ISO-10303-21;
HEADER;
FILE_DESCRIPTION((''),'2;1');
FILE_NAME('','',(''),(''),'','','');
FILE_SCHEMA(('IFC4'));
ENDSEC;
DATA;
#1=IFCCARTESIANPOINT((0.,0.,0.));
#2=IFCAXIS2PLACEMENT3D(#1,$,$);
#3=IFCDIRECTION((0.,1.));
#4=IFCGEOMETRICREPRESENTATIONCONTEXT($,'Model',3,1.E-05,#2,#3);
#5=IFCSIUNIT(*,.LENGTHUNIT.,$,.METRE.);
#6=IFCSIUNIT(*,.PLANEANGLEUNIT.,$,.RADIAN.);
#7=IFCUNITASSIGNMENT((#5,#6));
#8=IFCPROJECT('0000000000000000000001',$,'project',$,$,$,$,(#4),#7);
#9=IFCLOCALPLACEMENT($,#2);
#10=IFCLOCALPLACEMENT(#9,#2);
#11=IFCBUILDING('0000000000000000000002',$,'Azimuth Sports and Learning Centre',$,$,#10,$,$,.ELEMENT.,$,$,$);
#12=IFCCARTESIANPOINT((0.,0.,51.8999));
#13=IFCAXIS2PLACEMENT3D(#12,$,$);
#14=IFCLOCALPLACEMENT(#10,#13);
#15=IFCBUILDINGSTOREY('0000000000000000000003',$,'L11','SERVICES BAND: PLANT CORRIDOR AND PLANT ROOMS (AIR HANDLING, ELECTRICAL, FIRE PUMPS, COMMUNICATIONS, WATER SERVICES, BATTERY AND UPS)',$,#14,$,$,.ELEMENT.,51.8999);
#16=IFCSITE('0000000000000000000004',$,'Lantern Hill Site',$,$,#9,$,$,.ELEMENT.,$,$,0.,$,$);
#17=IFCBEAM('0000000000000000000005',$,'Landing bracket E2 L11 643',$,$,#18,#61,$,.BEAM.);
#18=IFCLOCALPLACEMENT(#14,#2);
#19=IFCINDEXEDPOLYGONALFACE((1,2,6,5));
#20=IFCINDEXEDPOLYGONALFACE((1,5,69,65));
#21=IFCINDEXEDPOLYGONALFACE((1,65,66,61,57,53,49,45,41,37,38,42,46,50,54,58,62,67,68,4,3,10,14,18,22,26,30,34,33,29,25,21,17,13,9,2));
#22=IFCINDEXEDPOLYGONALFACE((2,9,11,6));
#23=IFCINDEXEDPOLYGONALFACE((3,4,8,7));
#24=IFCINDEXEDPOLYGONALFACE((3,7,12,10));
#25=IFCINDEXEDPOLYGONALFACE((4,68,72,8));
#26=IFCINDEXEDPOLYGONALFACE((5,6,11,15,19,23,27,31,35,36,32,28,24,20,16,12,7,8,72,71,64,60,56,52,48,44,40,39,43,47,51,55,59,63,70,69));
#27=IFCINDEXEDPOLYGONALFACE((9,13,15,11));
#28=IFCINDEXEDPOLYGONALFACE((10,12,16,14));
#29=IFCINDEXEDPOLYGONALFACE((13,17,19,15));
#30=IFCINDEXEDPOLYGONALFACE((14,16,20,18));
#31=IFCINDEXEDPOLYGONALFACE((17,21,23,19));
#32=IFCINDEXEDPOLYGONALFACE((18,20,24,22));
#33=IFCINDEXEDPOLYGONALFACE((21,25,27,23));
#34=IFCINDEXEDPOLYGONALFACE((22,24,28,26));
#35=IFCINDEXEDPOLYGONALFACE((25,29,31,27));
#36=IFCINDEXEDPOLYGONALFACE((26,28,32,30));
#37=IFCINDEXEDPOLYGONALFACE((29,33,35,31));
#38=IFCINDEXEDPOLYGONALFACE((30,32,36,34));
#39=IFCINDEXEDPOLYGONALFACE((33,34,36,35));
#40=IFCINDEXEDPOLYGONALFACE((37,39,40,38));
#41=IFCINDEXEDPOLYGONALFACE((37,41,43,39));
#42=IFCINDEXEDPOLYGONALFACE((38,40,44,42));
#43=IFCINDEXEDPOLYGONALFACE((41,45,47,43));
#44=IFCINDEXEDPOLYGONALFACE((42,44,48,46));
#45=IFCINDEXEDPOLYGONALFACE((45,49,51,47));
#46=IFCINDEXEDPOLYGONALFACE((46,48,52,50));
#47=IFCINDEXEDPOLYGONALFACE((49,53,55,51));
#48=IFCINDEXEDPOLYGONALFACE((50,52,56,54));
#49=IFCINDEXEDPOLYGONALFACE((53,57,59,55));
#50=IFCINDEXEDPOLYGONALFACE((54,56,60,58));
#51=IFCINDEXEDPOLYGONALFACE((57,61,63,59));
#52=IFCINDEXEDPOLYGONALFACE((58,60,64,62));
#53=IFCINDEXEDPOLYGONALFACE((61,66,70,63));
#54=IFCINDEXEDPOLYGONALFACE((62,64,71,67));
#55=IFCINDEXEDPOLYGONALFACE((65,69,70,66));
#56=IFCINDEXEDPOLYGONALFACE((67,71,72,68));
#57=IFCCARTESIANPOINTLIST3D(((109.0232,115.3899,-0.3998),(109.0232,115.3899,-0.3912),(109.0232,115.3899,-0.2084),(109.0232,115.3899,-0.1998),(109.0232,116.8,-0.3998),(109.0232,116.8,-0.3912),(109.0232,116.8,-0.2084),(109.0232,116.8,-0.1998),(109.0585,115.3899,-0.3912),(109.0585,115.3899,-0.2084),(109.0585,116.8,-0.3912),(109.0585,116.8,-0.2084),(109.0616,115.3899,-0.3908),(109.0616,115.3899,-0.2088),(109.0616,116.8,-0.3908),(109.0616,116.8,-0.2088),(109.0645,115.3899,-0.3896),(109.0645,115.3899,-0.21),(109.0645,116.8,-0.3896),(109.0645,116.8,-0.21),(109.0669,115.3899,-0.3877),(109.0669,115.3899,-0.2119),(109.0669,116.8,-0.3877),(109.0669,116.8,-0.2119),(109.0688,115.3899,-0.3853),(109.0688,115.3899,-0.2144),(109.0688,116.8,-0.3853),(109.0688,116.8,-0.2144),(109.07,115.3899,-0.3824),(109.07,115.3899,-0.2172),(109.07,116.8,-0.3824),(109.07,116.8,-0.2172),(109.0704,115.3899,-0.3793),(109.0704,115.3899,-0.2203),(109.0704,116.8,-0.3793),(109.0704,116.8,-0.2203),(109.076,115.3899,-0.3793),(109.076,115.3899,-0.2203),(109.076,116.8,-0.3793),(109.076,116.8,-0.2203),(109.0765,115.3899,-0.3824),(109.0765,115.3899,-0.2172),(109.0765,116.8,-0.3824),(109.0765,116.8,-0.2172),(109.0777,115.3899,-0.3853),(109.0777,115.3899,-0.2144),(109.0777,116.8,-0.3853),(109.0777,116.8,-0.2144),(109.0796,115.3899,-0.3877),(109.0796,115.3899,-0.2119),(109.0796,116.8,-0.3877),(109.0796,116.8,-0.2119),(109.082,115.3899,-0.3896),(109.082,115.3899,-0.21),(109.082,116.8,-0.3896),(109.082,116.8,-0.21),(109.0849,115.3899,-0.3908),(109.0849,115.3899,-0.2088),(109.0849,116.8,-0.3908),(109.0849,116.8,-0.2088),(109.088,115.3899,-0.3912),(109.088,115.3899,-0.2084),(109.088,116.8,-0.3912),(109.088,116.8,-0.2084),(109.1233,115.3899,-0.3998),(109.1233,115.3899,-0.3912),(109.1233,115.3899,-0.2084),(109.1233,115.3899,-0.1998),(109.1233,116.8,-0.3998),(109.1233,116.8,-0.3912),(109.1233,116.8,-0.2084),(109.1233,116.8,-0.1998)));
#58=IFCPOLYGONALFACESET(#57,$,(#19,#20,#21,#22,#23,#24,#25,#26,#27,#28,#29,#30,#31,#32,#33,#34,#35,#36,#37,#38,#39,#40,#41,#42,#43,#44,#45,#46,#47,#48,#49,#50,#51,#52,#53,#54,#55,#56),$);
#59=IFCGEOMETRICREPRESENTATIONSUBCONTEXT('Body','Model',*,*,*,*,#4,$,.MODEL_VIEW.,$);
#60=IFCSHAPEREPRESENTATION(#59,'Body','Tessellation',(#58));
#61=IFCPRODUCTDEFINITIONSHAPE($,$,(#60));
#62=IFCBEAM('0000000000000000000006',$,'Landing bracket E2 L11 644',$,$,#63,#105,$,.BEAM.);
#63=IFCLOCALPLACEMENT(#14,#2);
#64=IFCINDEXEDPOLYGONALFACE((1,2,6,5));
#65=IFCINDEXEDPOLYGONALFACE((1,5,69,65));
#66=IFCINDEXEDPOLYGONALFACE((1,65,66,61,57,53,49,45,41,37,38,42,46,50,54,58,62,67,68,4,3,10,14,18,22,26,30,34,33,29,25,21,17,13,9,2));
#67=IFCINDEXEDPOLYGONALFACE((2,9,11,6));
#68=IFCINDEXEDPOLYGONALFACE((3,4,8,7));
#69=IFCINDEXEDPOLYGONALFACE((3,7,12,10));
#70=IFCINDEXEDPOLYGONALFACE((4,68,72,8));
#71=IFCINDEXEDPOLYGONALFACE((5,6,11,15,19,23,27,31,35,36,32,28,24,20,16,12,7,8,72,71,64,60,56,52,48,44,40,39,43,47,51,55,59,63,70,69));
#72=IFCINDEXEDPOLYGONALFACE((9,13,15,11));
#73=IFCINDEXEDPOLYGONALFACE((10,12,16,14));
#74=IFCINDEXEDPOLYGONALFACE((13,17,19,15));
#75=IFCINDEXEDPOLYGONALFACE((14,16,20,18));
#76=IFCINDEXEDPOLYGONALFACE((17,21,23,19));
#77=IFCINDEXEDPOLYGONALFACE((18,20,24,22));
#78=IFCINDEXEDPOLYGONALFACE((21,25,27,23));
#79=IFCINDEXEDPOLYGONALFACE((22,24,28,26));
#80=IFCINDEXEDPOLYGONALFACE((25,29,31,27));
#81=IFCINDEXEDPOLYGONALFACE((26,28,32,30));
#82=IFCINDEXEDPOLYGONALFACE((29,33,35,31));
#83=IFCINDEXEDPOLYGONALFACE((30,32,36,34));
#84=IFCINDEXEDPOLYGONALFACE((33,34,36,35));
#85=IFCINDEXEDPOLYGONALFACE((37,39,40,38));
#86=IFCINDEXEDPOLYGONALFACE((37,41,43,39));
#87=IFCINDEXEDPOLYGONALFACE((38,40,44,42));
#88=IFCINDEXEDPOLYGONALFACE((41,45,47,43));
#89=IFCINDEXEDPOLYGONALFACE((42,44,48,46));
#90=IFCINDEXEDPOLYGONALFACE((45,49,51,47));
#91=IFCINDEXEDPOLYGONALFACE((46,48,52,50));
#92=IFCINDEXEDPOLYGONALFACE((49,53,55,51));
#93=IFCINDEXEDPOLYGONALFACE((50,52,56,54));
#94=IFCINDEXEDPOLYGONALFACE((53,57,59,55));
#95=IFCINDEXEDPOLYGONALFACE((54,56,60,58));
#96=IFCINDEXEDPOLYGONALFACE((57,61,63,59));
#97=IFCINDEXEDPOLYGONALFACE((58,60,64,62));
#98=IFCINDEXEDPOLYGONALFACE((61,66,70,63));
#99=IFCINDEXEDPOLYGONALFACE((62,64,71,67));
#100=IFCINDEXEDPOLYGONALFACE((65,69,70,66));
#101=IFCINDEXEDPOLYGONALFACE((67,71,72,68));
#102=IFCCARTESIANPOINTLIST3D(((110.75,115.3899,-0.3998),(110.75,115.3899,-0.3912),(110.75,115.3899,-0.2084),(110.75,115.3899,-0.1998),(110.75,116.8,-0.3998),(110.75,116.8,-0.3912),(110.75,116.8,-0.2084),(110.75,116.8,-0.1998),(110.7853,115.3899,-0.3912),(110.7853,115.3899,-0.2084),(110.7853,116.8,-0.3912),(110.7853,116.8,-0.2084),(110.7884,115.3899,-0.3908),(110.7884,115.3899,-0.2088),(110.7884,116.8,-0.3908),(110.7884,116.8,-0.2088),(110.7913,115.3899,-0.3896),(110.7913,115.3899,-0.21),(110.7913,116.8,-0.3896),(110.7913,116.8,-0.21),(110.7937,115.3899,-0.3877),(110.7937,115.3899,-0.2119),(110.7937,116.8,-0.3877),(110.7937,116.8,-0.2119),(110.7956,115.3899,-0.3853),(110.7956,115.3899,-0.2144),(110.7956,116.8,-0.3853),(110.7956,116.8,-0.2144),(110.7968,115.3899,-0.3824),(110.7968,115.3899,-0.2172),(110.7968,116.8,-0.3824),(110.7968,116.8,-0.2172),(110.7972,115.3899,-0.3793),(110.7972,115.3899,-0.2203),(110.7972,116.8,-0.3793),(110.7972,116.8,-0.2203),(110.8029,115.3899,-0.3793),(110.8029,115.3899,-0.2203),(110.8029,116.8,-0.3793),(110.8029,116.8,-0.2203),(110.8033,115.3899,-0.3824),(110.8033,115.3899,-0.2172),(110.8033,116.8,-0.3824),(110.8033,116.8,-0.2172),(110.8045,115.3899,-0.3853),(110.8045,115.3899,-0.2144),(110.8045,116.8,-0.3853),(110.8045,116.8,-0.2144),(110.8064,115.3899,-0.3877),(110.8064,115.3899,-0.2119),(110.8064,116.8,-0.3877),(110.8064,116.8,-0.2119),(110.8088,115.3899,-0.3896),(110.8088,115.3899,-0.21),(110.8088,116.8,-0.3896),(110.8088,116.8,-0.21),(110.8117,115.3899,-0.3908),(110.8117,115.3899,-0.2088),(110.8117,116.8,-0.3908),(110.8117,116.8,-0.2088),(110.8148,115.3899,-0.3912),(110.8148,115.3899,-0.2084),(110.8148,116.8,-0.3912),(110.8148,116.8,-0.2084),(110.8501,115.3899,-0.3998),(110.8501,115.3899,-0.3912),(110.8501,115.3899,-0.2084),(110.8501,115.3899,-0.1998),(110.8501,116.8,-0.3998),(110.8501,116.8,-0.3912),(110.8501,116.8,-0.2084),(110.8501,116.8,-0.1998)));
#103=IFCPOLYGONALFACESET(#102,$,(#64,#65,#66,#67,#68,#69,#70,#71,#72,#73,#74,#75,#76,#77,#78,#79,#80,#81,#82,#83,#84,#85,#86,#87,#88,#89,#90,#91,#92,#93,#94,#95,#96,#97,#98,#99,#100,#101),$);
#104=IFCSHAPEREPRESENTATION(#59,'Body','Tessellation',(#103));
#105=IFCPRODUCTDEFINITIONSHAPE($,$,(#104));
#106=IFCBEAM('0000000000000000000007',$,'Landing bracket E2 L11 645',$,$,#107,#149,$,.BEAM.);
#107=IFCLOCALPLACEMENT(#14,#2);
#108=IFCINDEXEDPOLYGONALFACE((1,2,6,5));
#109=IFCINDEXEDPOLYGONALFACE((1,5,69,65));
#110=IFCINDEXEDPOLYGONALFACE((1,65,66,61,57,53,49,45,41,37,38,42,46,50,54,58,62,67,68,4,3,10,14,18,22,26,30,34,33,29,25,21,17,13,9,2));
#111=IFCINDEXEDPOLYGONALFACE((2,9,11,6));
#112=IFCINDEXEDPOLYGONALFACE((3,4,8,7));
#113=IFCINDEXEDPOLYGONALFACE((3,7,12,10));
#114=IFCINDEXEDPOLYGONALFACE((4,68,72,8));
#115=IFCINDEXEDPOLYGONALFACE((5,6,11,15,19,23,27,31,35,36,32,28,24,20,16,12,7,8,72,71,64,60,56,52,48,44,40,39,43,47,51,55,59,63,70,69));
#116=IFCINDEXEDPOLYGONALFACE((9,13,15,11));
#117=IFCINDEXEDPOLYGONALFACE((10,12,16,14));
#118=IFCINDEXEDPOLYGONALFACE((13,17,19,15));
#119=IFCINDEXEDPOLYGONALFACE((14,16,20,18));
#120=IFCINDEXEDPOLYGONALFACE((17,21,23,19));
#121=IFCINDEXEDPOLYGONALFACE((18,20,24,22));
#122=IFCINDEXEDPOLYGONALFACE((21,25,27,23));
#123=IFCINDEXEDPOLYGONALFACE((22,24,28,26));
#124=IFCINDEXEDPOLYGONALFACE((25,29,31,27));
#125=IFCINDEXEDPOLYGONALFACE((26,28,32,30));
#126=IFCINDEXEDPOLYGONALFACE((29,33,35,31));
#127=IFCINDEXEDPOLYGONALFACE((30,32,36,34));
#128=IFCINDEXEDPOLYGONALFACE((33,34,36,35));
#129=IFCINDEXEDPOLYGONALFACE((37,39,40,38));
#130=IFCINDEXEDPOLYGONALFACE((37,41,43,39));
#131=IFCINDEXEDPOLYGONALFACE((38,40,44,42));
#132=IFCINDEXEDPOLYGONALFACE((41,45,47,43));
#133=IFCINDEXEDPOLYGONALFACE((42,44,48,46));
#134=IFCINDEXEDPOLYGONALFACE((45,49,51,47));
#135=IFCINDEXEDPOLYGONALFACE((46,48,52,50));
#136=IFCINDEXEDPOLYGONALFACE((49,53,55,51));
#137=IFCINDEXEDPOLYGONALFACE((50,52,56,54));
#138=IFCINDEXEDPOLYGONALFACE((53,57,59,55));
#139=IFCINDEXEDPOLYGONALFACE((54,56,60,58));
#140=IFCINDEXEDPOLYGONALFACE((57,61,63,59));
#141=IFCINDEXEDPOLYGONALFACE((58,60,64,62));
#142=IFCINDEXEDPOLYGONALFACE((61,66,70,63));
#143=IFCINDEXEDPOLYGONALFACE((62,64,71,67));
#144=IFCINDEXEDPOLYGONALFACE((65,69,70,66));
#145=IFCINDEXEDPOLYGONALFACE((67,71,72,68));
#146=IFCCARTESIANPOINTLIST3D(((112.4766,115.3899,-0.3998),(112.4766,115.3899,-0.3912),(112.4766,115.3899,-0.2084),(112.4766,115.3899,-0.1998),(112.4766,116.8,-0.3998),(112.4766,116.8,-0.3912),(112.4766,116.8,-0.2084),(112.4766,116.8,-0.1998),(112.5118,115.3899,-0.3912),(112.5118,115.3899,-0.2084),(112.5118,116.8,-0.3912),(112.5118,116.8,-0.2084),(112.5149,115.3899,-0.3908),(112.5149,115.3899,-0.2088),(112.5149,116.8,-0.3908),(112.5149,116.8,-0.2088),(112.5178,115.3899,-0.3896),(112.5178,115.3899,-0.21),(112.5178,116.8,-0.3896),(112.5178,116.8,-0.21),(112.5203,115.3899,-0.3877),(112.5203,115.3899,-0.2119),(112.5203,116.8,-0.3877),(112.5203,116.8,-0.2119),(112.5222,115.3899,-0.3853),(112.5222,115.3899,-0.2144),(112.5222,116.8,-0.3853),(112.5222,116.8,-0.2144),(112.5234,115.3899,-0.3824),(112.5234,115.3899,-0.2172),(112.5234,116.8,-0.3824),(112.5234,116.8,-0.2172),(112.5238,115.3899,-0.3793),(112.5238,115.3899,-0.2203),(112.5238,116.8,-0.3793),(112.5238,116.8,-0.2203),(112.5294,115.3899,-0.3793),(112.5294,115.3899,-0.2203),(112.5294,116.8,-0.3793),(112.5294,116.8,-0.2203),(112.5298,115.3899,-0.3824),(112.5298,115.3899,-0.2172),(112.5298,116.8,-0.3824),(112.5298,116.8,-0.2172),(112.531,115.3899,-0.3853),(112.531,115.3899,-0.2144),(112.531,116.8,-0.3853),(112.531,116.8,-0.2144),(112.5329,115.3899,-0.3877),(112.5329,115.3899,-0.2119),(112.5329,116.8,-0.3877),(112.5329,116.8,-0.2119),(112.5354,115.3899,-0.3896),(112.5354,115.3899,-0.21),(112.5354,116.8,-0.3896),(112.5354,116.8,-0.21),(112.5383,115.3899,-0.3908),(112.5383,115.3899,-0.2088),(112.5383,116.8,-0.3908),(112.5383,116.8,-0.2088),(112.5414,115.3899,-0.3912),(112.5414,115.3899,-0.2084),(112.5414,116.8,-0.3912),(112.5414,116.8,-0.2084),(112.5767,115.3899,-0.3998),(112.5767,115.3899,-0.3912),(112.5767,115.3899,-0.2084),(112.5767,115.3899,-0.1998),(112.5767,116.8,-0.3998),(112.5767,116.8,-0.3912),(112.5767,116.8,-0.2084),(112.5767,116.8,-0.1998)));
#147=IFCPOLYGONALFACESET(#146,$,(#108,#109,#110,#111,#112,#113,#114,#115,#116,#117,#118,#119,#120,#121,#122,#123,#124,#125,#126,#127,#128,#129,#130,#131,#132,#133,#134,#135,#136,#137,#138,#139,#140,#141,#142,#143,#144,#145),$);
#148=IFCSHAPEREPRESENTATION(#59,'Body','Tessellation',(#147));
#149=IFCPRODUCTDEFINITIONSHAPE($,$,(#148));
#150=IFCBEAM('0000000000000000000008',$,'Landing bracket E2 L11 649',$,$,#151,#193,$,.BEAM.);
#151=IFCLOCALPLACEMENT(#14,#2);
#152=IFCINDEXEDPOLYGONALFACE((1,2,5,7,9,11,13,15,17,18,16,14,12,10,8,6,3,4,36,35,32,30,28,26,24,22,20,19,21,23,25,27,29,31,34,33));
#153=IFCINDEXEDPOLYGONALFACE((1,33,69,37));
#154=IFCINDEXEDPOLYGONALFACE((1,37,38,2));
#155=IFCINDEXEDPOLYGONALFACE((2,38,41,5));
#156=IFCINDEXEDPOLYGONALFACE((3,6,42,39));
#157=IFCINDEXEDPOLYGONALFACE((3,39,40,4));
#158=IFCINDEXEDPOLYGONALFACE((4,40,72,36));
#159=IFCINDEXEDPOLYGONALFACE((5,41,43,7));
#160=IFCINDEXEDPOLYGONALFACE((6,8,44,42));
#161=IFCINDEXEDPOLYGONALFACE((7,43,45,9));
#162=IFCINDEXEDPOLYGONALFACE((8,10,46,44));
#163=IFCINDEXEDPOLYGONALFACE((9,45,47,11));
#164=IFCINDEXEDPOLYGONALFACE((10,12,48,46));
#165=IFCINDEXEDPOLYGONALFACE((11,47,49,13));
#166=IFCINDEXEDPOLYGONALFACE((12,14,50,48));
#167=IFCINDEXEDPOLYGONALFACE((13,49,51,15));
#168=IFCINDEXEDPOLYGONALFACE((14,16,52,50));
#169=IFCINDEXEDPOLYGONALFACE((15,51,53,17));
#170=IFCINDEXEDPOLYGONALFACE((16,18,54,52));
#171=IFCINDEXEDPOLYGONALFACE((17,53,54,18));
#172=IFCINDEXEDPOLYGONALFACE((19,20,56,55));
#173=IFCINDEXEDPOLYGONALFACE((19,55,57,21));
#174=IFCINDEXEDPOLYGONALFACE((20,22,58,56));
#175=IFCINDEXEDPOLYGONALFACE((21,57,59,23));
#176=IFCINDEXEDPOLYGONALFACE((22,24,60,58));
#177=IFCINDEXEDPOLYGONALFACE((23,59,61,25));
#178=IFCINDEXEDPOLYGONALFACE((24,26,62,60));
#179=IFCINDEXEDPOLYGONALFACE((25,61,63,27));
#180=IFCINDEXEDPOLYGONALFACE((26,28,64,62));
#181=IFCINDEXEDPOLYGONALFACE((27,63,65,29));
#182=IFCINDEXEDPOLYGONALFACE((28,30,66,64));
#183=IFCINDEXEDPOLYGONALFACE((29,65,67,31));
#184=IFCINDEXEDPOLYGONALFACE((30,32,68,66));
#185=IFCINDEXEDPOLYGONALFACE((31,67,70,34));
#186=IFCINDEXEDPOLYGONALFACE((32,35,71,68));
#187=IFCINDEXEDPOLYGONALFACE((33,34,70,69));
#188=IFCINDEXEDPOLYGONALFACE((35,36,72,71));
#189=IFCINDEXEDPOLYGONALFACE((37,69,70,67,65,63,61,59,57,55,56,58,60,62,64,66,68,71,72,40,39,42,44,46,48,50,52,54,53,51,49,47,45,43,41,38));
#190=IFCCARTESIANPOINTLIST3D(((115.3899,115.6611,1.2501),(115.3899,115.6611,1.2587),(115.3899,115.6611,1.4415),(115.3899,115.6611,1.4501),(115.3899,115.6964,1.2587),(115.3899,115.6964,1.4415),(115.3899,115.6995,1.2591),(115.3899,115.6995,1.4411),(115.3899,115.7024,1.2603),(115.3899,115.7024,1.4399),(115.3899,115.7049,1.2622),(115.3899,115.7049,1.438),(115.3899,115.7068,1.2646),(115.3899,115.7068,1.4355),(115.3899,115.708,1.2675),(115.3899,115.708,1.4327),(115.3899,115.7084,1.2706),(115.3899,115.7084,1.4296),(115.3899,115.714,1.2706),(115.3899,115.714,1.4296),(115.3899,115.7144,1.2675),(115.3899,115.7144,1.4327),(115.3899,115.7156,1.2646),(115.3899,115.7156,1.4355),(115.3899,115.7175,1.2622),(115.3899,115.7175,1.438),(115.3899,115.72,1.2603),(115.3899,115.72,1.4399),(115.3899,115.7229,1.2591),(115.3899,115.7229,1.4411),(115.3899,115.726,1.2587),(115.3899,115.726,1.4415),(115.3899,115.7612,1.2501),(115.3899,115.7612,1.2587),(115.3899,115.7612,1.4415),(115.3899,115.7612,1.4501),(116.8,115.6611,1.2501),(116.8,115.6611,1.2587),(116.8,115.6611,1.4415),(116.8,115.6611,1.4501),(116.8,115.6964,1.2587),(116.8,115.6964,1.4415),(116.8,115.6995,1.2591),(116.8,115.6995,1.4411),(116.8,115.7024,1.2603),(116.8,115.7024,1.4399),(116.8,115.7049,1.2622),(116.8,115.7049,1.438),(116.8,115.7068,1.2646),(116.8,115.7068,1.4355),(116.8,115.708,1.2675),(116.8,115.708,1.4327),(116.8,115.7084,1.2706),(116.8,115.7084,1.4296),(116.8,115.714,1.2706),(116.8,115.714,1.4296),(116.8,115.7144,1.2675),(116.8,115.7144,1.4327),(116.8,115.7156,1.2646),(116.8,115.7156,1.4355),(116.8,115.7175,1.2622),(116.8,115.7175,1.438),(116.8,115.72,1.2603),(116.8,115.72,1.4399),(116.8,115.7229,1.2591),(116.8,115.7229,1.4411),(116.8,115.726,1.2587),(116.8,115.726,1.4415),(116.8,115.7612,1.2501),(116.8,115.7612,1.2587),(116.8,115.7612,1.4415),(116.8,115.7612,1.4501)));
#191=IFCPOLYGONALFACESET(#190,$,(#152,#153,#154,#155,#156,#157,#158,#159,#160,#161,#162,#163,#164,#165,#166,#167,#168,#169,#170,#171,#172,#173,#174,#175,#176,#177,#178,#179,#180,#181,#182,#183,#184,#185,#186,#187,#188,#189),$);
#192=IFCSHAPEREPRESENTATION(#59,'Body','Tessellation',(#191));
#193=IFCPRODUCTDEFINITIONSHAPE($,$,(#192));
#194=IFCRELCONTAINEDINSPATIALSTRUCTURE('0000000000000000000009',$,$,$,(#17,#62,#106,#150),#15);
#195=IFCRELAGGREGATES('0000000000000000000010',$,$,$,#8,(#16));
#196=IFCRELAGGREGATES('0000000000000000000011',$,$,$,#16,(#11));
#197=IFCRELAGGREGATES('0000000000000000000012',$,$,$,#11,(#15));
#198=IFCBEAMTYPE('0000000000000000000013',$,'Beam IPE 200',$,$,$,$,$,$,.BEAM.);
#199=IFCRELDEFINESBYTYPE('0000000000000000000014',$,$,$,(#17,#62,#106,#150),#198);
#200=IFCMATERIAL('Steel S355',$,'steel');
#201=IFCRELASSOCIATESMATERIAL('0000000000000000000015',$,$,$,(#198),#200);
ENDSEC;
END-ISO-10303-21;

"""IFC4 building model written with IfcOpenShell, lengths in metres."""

from ifc_helpers import new_model, si_unit, direction, frame, origin, origin_2d, place, context, subcontext, project, spatial, i_section, extrude, material, material_profile, profile_set, type_object, element, save


model = new_model("IFC4")

# Units and contexts
model_context = context("Model", 3, precision=1e-05, world=origin(), true_north=direction((0.0, 1.0)))
body_context = subcontext(model_context, "Body", "Model", "MODEL_VIEW")
ifc_project = project(units=[si_unit("LENGTHUNIT", "METRE"), si_unit("PLANEANGLEUNIT", "RADIAN")], contexts=[model_context])

# Site, building, storey
site_placement = place(None, origin())
site = spatial("IfcSite", under=ifc_project, at=site_placement, Name="Lantern Hill Site", CompositionType="ELEMENT", RefElevation=0.0)
building_placement = place(site_placement, origin())
building = spatial("IfcBuilding", under=site, at=building_placement, Name="Azimuth Sports and Learning Centre", CompositionType="ELEMENT")
storey_placement = place(building_placement, frame((0.0, 0.0, 51.8999)))
storey = spatial("IfcBuildingStorey", under=building, at=storey_placement, Name="L11", Description="SERVICES BAND: PLANT CORRIDOR AND PLANT ROOMS (AIR HANDLING, ELECTRICAL, FIRE PUMPS, COMMUNICATIONS, WATER SERVICES, BATTERY AND UPS)", CompositionType="ELEMENT", Elevation=51.8999)

# Beams
ifc_material_1 = material(Name="Steel S355", Category="steel")
ifc_material_profile_1 = material_profile(ifc_material_1, i_section(OverallWidth=0.1001, OverallDepth=0.2, WebThickness=0.0056, FlangeThickness=0.0085, FilletRadius=0.012, at=origin_2d()), Name="IPE 200")
ifc_profile_set_1 = profile_set([ifc_material_profile_1], Name="Steel S355")
beam_type_1 = type_object("IfcBeamType", Name="Beam IPE 200", PredefinedType="BEAM", material=ifc_profile_set_1)
for number, where, z_axis, x_axis, name in (
    (1, (109.0732, 116.8, -0.2998), (0.0, -1.0, 0.0), (1.0, 0.0, 0.0), "Landing bracket E2 L11 643"),
    (2, (110.8, 116.8, -0.2998), (0.0, -1.0, 0.0), (1.0, 0.0, 0.0), "Landing bracket E2 L11 644"),
    (3, (112.5266, 116.8, -0.2998), (0.0, -1.0, 0.0), (1.0, 0.0, 0.0), "Landing bracket E2 L11 645"),
    (4, (116.8, 115.7112, 1.3501), (-1.0, 0.0, 0.0), (0.0, -1.0, 0.0), "Landing bracket E2 L11 649"),
):
    element("IfcBeam", number, at=place(storey_placement, frame(where, z_axis=z_axis, x_axis=x_axis)), inside=storey, type_object=beam_type_1, Name=name, PredefinedType="BEAM", context=body_context, shape_type="SweptSolid", body=[
        extrude(i_section(OverallWidth=0.1001, OverallDepth=0.2, WebThickness=0.0056, FlangeThickness=0.0085, FilletRadius=0.012, at=origin_2d()), origin(), (0.0, 0.0, 1.0), 1.4102),
    ])

save(model, "model.ifc")
